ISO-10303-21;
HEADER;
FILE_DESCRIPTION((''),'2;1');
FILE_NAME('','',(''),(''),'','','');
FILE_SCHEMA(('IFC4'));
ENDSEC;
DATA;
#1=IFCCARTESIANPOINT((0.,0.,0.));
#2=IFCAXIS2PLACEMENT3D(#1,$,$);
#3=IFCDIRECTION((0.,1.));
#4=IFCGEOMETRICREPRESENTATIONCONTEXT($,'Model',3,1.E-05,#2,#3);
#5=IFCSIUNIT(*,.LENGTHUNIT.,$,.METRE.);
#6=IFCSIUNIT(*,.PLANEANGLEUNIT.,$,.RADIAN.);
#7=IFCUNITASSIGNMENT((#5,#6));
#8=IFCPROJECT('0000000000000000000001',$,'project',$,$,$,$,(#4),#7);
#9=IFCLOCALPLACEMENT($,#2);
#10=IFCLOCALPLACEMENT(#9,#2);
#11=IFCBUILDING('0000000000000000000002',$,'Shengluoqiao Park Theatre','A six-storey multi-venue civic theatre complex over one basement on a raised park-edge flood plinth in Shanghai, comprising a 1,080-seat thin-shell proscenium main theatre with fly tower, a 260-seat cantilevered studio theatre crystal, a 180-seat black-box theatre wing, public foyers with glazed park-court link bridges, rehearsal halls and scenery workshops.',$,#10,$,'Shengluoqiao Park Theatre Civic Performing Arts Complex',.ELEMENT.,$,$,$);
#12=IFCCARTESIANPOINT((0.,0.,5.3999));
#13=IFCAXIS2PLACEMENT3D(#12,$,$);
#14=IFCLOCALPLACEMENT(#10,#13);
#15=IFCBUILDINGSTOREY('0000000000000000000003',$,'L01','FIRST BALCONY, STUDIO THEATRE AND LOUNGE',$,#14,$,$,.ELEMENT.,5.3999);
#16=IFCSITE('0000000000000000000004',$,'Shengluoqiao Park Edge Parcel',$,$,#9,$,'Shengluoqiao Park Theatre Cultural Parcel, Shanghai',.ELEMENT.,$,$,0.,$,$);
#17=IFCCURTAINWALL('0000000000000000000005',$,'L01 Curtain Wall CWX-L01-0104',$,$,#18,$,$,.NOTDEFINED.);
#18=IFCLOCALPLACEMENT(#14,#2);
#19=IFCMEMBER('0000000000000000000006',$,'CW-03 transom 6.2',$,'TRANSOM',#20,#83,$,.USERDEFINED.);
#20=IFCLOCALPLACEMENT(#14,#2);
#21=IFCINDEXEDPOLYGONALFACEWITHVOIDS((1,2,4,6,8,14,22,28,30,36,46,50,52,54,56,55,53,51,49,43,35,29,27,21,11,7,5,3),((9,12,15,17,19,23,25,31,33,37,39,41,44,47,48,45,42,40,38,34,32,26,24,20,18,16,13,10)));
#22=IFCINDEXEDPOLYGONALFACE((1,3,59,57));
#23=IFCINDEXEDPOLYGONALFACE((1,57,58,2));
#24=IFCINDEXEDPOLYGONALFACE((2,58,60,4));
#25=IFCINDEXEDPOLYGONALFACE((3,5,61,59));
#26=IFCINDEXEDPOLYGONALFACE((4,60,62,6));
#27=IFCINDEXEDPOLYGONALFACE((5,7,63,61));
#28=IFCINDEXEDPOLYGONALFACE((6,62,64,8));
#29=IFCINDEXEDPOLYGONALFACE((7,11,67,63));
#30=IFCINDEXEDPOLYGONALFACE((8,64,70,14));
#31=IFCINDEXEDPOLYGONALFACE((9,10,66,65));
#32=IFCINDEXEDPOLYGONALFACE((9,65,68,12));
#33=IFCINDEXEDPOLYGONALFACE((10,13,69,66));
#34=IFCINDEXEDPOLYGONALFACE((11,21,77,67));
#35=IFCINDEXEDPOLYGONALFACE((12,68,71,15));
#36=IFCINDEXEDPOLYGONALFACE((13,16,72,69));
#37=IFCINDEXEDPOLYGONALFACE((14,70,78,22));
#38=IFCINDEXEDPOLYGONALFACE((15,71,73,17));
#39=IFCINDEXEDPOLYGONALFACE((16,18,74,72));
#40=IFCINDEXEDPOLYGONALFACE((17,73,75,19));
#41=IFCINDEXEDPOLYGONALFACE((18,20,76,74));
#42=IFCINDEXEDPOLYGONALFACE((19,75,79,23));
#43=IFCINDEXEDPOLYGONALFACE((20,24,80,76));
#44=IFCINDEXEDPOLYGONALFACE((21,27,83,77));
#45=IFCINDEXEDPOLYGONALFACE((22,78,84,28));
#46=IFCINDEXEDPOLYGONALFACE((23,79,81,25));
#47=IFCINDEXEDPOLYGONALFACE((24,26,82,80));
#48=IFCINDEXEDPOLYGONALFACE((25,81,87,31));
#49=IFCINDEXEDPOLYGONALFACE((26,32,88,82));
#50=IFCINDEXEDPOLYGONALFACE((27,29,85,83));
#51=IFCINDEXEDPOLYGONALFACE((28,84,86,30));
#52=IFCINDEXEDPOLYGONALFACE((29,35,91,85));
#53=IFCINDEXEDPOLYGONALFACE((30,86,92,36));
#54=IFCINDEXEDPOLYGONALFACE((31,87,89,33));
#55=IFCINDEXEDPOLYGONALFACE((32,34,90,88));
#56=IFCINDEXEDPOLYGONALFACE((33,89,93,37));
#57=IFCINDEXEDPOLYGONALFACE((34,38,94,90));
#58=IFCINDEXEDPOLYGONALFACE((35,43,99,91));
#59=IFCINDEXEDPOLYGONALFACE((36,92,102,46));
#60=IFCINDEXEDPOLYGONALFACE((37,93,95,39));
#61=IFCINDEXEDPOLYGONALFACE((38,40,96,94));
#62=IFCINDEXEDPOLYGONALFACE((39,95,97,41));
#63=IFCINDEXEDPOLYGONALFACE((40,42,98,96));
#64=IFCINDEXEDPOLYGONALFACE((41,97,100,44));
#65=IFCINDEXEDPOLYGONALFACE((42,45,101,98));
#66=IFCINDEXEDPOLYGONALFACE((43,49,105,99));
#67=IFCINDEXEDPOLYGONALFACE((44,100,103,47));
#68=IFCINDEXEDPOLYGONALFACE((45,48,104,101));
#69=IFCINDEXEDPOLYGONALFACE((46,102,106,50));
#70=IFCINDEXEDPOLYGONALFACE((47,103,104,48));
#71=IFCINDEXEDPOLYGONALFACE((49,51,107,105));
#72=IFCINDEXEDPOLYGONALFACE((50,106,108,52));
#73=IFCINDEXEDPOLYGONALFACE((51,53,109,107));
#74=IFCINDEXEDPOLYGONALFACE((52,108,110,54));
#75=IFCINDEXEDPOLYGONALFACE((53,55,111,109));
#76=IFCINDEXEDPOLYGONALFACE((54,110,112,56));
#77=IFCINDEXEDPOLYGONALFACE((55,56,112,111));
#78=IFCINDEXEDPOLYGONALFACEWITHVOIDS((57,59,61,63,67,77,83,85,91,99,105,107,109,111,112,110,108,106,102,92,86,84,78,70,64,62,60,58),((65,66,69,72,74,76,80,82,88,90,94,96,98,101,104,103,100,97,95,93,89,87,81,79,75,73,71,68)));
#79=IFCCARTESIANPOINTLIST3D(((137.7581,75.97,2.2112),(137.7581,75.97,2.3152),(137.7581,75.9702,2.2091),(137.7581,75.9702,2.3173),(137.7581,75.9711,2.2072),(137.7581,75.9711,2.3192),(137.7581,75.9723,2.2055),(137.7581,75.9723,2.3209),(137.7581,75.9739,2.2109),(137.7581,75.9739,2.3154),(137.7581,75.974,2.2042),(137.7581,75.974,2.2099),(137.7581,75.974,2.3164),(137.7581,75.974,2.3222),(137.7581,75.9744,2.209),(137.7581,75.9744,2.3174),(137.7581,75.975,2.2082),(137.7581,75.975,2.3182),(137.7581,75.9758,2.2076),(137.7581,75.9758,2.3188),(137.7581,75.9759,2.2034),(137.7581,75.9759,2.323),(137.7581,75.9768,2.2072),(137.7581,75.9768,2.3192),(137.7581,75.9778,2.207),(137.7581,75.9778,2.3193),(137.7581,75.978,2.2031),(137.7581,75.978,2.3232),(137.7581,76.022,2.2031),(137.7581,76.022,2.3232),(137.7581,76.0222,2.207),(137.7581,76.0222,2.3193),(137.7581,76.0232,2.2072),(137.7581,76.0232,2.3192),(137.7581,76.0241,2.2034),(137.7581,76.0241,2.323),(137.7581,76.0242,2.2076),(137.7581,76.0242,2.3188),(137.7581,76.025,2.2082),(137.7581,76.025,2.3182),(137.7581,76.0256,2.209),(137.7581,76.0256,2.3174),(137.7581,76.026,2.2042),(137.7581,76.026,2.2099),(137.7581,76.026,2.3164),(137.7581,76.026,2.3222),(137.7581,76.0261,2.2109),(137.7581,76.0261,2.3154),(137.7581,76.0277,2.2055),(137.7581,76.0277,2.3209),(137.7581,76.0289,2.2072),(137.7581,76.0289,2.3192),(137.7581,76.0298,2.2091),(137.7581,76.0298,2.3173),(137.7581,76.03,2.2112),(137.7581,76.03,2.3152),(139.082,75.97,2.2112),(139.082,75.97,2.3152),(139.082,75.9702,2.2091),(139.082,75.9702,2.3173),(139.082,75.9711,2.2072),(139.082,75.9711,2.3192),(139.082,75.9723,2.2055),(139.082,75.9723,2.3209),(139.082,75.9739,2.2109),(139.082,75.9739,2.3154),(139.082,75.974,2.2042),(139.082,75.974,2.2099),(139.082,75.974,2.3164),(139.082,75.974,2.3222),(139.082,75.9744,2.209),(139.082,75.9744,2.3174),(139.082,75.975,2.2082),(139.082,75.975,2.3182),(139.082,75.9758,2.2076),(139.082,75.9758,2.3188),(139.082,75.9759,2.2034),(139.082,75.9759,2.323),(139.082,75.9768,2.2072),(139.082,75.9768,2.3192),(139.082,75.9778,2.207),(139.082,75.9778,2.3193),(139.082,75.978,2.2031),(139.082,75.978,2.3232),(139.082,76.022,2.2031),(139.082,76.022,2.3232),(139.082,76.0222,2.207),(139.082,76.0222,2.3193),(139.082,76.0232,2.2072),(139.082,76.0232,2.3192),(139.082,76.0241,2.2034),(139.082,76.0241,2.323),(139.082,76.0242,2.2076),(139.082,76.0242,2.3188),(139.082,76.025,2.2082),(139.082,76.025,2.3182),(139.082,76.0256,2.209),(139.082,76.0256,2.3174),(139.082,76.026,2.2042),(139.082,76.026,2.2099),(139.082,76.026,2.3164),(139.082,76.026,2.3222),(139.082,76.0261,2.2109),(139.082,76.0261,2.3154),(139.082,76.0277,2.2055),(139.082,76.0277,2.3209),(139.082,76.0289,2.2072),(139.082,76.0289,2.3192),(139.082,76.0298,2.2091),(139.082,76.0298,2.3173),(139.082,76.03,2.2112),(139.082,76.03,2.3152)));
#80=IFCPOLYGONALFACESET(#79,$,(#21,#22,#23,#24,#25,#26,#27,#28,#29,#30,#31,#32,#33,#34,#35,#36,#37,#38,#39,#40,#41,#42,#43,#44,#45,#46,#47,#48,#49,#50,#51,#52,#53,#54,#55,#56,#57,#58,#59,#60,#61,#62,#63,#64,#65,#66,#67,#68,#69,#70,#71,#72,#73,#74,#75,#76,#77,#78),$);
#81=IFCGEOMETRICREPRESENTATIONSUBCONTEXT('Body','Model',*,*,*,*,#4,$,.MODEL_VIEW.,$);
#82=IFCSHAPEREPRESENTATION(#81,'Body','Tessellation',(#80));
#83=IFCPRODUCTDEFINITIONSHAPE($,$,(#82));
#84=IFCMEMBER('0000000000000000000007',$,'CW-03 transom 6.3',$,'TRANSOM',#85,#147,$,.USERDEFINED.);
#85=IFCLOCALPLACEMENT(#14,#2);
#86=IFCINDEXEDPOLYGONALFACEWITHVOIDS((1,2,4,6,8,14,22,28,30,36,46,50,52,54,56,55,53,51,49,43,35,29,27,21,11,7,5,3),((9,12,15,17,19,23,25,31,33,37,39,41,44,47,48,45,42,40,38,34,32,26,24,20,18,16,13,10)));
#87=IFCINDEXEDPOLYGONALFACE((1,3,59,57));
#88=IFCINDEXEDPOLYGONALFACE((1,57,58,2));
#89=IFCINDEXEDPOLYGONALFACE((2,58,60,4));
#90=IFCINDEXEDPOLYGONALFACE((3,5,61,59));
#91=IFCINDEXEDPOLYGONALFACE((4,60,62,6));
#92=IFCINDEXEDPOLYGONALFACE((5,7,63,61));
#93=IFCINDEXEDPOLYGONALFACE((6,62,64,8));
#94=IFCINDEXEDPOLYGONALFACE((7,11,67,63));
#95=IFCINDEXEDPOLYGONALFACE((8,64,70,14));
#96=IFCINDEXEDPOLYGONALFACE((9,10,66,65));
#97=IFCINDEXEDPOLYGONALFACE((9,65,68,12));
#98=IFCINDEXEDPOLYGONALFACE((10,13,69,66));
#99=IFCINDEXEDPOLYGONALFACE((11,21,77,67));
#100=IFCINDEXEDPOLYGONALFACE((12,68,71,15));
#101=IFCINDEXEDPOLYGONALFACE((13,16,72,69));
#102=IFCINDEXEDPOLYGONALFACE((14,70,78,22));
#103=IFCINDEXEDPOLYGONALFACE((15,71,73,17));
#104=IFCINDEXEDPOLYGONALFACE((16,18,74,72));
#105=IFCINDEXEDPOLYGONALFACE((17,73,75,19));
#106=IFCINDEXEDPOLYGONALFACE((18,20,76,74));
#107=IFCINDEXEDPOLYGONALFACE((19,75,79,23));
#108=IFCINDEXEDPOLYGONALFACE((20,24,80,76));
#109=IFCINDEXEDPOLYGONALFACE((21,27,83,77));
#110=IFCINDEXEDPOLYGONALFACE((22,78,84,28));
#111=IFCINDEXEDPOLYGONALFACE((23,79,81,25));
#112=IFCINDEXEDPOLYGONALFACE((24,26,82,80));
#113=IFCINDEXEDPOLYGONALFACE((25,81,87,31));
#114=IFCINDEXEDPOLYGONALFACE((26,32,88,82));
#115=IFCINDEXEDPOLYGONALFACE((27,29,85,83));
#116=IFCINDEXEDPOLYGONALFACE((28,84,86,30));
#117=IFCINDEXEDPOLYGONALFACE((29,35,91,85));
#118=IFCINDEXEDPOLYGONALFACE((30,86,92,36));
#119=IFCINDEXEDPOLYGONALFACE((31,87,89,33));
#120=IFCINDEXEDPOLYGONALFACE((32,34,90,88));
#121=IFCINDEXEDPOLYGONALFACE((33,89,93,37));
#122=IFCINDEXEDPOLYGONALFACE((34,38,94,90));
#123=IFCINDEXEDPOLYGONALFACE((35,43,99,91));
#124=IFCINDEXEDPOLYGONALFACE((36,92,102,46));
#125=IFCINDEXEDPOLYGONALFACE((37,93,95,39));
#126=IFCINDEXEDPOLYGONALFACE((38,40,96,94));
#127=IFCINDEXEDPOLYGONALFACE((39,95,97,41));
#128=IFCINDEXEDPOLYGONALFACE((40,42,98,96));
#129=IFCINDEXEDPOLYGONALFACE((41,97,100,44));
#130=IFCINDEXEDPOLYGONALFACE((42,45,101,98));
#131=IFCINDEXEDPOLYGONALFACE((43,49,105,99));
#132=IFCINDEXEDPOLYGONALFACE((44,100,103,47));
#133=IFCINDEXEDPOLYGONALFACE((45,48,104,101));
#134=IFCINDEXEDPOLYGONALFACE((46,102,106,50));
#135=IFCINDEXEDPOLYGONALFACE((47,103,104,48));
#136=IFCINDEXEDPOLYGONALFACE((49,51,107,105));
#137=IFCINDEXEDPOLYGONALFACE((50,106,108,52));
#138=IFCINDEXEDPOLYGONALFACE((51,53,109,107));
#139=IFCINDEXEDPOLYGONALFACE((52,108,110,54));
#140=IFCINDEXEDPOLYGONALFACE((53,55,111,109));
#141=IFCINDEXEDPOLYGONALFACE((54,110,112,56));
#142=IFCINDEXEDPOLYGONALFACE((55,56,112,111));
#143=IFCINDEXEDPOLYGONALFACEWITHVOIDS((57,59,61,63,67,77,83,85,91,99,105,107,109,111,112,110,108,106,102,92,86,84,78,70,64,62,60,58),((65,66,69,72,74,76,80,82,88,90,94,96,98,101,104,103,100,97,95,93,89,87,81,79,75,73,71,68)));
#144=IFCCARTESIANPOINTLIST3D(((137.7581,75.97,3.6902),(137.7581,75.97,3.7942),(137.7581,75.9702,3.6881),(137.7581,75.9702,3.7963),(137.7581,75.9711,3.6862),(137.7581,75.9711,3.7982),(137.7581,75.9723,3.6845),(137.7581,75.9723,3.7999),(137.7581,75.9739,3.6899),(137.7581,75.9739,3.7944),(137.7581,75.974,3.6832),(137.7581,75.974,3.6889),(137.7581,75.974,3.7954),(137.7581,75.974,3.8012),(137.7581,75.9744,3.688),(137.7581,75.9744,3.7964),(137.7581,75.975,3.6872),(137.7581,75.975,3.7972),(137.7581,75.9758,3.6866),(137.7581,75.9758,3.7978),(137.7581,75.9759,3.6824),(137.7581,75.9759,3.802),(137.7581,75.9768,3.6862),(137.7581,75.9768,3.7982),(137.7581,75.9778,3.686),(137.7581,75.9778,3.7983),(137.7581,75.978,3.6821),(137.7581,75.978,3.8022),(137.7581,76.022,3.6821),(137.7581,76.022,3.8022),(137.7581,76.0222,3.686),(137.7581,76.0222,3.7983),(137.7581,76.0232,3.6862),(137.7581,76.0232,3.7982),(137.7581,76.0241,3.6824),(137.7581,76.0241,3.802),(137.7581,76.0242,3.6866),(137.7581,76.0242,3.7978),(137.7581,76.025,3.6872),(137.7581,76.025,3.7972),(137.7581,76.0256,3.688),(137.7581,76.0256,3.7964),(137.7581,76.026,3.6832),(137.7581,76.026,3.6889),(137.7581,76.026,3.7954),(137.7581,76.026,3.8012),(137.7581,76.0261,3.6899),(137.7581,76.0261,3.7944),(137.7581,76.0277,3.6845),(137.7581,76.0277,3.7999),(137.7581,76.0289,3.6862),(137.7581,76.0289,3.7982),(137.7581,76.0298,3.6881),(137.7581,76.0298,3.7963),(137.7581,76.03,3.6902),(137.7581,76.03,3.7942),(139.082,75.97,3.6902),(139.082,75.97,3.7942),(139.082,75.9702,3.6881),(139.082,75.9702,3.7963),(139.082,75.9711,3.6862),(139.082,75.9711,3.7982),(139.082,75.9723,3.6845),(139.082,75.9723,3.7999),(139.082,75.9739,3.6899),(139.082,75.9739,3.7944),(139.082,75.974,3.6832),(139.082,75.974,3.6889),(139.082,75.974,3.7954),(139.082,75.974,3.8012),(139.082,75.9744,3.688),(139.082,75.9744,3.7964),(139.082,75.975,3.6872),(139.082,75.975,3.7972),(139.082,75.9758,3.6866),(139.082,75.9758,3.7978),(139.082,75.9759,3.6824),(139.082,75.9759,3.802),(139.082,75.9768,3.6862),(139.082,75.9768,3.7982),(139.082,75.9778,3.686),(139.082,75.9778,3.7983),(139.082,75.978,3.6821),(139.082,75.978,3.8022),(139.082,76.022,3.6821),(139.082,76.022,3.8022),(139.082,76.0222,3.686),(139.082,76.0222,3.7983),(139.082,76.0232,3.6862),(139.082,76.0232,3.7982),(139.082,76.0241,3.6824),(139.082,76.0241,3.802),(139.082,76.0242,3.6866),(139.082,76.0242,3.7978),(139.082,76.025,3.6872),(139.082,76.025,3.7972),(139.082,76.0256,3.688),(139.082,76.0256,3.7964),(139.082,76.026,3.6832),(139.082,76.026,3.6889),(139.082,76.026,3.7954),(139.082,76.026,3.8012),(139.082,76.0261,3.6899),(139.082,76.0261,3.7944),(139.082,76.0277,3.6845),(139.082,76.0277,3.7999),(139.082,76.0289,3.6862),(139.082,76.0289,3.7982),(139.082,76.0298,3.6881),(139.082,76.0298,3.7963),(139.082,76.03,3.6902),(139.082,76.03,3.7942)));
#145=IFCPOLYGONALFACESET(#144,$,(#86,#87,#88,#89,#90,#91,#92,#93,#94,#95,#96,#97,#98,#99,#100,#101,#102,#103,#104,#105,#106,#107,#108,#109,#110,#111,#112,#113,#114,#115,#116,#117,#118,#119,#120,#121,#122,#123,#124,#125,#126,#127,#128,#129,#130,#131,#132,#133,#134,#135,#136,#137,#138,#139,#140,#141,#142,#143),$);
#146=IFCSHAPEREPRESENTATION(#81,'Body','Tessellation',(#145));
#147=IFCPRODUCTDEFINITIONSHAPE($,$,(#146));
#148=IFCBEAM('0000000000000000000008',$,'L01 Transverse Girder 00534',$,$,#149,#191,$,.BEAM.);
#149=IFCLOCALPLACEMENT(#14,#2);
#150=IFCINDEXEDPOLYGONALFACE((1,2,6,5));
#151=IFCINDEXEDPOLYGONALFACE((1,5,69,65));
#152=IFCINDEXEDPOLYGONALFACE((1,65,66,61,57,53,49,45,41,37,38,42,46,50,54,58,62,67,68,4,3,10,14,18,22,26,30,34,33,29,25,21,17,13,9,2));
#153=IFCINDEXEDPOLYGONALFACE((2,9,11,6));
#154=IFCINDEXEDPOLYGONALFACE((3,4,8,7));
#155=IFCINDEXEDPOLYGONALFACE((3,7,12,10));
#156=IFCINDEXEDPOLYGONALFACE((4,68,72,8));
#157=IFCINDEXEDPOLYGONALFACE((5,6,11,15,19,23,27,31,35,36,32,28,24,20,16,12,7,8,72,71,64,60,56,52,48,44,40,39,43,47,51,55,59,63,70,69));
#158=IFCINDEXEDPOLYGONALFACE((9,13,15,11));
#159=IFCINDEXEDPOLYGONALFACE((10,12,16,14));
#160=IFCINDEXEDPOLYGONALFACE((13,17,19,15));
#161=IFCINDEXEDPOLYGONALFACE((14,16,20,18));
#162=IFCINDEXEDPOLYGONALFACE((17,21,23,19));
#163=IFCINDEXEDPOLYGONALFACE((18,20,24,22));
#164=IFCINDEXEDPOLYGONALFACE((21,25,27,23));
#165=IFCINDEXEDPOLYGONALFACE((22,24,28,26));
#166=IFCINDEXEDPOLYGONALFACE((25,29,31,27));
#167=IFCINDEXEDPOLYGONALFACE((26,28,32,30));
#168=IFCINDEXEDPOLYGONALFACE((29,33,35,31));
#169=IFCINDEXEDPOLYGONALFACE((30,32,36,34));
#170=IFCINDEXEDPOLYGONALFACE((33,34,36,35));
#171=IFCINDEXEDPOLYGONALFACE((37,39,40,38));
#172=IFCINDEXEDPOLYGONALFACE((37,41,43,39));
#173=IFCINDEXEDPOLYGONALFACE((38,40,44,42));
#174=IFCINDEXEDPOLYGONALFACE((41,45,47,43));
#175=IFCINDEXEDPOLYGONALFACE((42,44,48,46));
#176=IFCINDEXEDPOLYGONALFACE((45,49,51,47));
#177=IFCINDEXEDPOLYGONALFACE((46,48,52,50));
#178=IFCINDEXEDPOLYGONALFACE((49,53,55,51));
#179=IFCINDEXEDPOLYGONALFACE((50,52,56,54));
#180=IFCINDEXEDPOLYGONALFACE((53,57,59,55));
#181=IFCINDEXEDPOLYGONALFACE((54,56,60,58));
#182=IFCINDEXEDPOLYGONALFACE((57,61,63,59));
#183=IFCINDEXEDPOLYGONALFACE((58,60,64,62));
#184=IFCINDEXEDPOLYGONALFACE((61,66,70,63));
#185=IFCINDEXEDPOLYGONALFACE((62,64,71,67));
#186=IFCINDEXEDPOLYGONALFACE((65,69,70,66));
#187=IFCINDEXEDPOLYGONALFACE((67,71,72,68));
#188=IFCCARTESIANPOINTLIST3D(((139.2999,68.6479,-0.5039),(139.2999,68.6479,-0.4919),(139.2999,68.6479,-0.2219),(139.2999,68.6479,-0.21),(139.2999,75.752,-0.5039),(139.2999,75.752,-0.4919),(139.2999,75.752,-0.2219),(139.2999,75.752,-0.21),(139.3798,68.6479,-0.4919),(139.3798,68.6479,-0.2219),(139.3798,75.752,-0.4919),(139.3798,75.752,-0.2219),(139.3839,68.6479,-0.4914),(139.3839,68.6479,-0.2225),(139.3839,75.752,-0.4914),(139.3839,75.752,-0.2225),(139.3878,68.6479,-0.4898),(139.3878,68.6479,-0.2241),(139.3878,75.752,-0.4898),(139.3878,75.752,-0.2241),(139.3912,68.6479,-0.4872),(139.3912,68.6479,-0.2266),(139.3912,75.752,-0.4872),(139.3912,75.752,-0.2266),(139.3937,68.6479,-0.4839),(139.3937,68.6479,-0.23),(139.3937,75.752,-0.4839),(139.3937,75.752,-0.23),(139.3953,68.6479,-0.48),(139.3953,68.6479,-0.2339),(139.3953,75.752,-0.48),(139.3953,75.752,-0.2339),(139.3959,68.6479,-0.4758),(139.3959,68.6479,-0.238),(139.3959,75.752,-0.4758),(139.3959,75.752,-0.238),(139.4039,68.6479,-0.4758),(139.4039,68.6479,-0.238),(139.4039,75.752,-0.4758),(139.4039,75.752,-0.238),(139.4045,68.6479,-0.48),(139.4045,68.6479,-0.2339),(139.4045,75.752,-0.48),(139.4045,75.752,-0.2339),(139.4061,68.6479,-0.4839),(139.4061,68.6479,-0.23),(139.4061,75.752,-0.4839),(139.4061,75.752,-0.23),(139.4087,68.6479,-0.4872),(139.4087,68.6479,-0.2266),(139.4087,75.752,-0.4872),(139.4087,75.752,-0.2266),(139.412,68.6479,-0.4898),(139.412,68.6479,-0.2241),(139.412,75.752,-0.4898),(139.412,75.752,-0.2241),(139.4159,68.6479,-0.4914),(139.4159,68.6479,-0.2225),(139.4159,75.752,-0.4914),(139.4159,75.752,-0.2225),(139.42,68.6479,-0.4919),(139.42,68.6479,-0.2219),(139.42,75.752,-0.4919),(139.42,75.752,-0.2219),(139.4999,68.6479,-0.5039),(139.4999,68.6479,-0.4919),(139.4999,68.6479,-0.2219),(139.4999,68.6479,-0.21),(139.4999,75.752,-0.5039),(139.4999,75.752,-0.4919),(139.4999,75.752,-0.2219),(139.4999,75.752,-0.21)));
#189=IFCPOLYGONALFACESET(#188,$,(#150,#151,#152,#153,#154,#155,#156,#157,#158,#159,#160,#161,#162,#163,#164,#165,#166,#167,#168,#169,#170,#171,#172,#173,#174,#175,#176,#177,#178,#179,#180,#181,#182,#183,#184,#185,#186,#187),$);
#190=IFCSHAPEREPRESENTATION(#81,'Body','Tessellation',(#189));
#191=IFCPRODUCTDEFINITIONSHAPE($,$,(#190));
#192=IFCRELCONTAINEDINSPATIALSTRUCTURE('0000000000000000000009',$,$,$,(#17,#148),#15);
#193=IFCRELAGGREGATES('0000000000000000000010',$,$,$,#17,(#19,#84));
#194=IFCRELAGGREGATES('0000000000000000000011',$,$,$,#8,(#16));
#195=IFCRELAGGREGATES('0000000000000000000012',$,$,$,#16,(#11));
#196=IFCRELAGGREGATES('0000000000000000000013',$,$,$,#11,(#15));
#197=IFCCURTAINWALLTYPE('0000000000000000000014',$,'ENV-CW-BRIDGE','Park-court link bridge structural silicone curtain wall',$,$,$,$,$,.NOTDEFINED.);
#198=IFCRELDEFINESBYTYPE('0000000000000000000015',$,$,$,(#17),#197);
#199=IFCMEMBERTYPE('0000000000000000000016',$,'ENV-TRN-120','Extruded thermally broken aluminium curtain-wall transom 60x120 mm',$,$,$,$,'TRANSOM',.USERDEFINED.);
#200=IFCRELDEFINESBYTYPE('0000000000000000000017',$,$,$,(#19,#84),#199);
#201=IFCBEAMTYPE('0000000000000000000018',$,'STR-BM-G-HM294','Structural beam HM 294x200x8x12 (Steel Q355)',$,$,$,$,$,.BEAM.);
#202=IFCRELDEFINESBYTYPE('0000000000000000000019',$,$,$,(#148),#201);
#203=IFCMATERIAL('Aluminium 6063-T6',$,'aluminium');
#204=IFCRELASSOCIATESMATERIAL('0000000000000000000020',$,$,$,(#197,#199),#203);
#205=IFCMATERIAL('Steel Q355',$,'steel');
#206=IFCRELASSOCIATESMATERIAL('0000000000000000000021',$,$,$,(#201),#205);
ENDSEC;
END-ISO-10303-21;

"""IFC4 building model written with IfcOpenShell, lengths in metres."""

from ifc_helpers import new_model, si_unit, direction, frame, origin, origin_2d, place, context, subcontext, project, spatial, hollow_rectangle, i_section, extrude, material, material_profile, profile_set, type_object, element, aggregate, save


model = new_model("IFC4")

# Units and contexts
model_context = context("Model", 3, precision=1e-05, world=origin(), true_north=direction((0.0, 1.0)))
body_context = subcontext(model_context, "Body", "Model", "MODEL_VIEW")
ifc_project = project(units=[si_unit("LENGTHUNIT", "METRE"), si_unit("PLANEANGLEUNIT", "RADIAN")], contexts=[model_context])

# Site, building, storey
site_placement = place(None, origin())
site = spatial("IfcSite", under=ifc_project, at=site_placement, Name="Shengluoqiao Park Edge Parcel", LongName="Shengluoqiao Park Theatre Cultural Parcel, Shanghai", CompositionType="ELEMENT", RefElevation=0.0)
building_placement = place(site_placement, origin())
building = spatial("IfcBuilding", under=site, at=building_placement, Name="Shengluoqiao Park Theatre", Description="A six-storey multi-venue civic theatre complex over one basement on a raised park-edge flood plinth in Shanghai, comprising a 1,080-seat thin-shell proscenium main theatre with fly tower, a 260-seat cantilevered studio theatre crystal, a 180-seat black-box theatre wing, public foyers with glazed park-court link bridges, rehearsal halls and scenery workshops.", LongName="Shengluoqiao Park Theatre Civic Performing Arts Complex", CompositionType="ELEMENT")
storey_placement = place(building_placement, frame((0.0, 0.0, 5.3999)))
storey = spatial("IfcBuildingStorey", under=building, at=storey_placement, Name="L01", Description="FIRST BALCONY, STUDIO THEATRE AND LOUNGE", CompositionType="ELEMENT", Elevation=5.3999)

# Curtain wall, members
ifc_material_1 = material(Name="Aluminium 6063-T6", Category="aluminium")
curtain_wall_type = type_object("IfcCurtainWallType", Name="ENV-CW-BRIDGE", Description="Park-court link bridge structural silicone curtain wall", PredefinedType="NOTDEFINED", material=ifc_material_1)
curtain_wall_placement = place(storey_placement, origin())
curtain_wall = element("IfcCurtainWall", 1, at=curtain_wall_placement, inside=storey, type_object=curtain_wall_type, Name="L01 Curtain Wall CWX-L01-0104", PredefinedType="NOTDEFINED")
ifc_material_profile_1 = material_profile(ifc_material_1, hollow_rectangle(XDim=0.0601, YDim=0.1201, WallThickness=0.0039, InnerFilletRadius=0.0039, OuterFilletRadius=0.0081, at=origin_2d()), Name="ALU TRANSOM 120x60x4")
ifc_profile_set_1 = profile_set([ifc_material_profile_1], Name="Aluminium 6063-T6")
member_type_1 = type_object("IfcMemberType", Name="ENV-TRN-120", Description="Extruded thermally broken aluminium curtain-wall transom 60x120 mm", ElementType="TRANSOM", PredefinedType="USERDEFINED", material=ifc_profile_set_1)
member_1_placement = place(storey_placement, frame((137.7581, 76.0, 2.2632), z_axis=(1.0, 0.0, 0.0), x_axis=(0.0, 1.0, 0.0)))
member_1 = element("IfcMember", 2, at=member_1_placement, type_object=member_type_1, Name="CW-03 transom 6.2", ObjectType="TRANSOM", PredefinedType="USERDEFINED", context=body_context, shape_type="SweptSolid", body=[
    extrude(hollow_rectangle(XDim=0.0601, YDim=0.1201, WallThickness=0.0039, InnerFilletRadius=0.0039, OuterFilletRadius=0.0081, at=origin_2d()), origin(), (0.0, 0.0, 1.0), 1.324),
])
member_2_placement = place(storey_placement, frame((137.7581, 76.0, 3.7422), z_axis=(1.0, 0.0, 0.0), x_axis=(0.0, 1.0, 0.0)))
member_2 = element("IfcMember", 3, at=member_2_placement, type_object=member_type_1, Name="CW-03 transom 6.3", ObjectType="TRANSOM", PredefinedType="USERDEFINED", context=body_context, shape_type="SweptSolid", body=[
    extrude(hollow_rectangle(XDim=0.0601, YDim=0.1201, WallThickness=0.0039, InnerFilletRadius=0.0039, OuterFilletRadius=0.0081, at=origin_2d()), origin(), (0.0, 0.0, 1.0), 1.324),
])

# Beam
ifc_material_2 = material(Name="Steel Q355", Category="steel")
ifc_material_profile_2 = material_profile(ifc_material_2, i_section(OverallWidth=0.2, OverallDepth=0.2939, WebThickness=0.0081, FlangeThickness=0.012, FilletRadius=0.0161, at=origin_2d()), Name="HM 294x200x8x12")
ifc_profile_set_2 = profile_set([ifc_material_profile_2], Name="Steel Q355")
beam_type_1 = type_object("IfcBeamType", Name="STR-BM-G-HM294", Description="Structural beam HM 294x200x8x12 (Steel Q355)", PredefinedType="BEAM", material=ifc_profile_set_2)
beam_1_placement = place(storey_placement, frame((139.3999, 68.6479, -0.3569), z_axis=(0.0, 1.0, 0.0), x_axis=(-1.0, 0.0, 0.0)))
element("IfcBeam", 4, at=beam_1_placement, inside=storey, type_object=beam_type_1, Name="L01 Transverse Girder 00534", PredefinedType="BEAM", context=body_context, shape_type="SweptSolid", body=[
    extrude(i_section(OverallWidth=0.2, OverallDepth=0.2939, WebThickness=0.0081, FlangeThickness=0.012, FilletRadius=0.0161, at=origin_2d()), origin(), (0.0, 0.0, 1.0), 7.104),
])

aggregate(curtain_wall, [member_1, member_2])

save(model, "model.ifc")
